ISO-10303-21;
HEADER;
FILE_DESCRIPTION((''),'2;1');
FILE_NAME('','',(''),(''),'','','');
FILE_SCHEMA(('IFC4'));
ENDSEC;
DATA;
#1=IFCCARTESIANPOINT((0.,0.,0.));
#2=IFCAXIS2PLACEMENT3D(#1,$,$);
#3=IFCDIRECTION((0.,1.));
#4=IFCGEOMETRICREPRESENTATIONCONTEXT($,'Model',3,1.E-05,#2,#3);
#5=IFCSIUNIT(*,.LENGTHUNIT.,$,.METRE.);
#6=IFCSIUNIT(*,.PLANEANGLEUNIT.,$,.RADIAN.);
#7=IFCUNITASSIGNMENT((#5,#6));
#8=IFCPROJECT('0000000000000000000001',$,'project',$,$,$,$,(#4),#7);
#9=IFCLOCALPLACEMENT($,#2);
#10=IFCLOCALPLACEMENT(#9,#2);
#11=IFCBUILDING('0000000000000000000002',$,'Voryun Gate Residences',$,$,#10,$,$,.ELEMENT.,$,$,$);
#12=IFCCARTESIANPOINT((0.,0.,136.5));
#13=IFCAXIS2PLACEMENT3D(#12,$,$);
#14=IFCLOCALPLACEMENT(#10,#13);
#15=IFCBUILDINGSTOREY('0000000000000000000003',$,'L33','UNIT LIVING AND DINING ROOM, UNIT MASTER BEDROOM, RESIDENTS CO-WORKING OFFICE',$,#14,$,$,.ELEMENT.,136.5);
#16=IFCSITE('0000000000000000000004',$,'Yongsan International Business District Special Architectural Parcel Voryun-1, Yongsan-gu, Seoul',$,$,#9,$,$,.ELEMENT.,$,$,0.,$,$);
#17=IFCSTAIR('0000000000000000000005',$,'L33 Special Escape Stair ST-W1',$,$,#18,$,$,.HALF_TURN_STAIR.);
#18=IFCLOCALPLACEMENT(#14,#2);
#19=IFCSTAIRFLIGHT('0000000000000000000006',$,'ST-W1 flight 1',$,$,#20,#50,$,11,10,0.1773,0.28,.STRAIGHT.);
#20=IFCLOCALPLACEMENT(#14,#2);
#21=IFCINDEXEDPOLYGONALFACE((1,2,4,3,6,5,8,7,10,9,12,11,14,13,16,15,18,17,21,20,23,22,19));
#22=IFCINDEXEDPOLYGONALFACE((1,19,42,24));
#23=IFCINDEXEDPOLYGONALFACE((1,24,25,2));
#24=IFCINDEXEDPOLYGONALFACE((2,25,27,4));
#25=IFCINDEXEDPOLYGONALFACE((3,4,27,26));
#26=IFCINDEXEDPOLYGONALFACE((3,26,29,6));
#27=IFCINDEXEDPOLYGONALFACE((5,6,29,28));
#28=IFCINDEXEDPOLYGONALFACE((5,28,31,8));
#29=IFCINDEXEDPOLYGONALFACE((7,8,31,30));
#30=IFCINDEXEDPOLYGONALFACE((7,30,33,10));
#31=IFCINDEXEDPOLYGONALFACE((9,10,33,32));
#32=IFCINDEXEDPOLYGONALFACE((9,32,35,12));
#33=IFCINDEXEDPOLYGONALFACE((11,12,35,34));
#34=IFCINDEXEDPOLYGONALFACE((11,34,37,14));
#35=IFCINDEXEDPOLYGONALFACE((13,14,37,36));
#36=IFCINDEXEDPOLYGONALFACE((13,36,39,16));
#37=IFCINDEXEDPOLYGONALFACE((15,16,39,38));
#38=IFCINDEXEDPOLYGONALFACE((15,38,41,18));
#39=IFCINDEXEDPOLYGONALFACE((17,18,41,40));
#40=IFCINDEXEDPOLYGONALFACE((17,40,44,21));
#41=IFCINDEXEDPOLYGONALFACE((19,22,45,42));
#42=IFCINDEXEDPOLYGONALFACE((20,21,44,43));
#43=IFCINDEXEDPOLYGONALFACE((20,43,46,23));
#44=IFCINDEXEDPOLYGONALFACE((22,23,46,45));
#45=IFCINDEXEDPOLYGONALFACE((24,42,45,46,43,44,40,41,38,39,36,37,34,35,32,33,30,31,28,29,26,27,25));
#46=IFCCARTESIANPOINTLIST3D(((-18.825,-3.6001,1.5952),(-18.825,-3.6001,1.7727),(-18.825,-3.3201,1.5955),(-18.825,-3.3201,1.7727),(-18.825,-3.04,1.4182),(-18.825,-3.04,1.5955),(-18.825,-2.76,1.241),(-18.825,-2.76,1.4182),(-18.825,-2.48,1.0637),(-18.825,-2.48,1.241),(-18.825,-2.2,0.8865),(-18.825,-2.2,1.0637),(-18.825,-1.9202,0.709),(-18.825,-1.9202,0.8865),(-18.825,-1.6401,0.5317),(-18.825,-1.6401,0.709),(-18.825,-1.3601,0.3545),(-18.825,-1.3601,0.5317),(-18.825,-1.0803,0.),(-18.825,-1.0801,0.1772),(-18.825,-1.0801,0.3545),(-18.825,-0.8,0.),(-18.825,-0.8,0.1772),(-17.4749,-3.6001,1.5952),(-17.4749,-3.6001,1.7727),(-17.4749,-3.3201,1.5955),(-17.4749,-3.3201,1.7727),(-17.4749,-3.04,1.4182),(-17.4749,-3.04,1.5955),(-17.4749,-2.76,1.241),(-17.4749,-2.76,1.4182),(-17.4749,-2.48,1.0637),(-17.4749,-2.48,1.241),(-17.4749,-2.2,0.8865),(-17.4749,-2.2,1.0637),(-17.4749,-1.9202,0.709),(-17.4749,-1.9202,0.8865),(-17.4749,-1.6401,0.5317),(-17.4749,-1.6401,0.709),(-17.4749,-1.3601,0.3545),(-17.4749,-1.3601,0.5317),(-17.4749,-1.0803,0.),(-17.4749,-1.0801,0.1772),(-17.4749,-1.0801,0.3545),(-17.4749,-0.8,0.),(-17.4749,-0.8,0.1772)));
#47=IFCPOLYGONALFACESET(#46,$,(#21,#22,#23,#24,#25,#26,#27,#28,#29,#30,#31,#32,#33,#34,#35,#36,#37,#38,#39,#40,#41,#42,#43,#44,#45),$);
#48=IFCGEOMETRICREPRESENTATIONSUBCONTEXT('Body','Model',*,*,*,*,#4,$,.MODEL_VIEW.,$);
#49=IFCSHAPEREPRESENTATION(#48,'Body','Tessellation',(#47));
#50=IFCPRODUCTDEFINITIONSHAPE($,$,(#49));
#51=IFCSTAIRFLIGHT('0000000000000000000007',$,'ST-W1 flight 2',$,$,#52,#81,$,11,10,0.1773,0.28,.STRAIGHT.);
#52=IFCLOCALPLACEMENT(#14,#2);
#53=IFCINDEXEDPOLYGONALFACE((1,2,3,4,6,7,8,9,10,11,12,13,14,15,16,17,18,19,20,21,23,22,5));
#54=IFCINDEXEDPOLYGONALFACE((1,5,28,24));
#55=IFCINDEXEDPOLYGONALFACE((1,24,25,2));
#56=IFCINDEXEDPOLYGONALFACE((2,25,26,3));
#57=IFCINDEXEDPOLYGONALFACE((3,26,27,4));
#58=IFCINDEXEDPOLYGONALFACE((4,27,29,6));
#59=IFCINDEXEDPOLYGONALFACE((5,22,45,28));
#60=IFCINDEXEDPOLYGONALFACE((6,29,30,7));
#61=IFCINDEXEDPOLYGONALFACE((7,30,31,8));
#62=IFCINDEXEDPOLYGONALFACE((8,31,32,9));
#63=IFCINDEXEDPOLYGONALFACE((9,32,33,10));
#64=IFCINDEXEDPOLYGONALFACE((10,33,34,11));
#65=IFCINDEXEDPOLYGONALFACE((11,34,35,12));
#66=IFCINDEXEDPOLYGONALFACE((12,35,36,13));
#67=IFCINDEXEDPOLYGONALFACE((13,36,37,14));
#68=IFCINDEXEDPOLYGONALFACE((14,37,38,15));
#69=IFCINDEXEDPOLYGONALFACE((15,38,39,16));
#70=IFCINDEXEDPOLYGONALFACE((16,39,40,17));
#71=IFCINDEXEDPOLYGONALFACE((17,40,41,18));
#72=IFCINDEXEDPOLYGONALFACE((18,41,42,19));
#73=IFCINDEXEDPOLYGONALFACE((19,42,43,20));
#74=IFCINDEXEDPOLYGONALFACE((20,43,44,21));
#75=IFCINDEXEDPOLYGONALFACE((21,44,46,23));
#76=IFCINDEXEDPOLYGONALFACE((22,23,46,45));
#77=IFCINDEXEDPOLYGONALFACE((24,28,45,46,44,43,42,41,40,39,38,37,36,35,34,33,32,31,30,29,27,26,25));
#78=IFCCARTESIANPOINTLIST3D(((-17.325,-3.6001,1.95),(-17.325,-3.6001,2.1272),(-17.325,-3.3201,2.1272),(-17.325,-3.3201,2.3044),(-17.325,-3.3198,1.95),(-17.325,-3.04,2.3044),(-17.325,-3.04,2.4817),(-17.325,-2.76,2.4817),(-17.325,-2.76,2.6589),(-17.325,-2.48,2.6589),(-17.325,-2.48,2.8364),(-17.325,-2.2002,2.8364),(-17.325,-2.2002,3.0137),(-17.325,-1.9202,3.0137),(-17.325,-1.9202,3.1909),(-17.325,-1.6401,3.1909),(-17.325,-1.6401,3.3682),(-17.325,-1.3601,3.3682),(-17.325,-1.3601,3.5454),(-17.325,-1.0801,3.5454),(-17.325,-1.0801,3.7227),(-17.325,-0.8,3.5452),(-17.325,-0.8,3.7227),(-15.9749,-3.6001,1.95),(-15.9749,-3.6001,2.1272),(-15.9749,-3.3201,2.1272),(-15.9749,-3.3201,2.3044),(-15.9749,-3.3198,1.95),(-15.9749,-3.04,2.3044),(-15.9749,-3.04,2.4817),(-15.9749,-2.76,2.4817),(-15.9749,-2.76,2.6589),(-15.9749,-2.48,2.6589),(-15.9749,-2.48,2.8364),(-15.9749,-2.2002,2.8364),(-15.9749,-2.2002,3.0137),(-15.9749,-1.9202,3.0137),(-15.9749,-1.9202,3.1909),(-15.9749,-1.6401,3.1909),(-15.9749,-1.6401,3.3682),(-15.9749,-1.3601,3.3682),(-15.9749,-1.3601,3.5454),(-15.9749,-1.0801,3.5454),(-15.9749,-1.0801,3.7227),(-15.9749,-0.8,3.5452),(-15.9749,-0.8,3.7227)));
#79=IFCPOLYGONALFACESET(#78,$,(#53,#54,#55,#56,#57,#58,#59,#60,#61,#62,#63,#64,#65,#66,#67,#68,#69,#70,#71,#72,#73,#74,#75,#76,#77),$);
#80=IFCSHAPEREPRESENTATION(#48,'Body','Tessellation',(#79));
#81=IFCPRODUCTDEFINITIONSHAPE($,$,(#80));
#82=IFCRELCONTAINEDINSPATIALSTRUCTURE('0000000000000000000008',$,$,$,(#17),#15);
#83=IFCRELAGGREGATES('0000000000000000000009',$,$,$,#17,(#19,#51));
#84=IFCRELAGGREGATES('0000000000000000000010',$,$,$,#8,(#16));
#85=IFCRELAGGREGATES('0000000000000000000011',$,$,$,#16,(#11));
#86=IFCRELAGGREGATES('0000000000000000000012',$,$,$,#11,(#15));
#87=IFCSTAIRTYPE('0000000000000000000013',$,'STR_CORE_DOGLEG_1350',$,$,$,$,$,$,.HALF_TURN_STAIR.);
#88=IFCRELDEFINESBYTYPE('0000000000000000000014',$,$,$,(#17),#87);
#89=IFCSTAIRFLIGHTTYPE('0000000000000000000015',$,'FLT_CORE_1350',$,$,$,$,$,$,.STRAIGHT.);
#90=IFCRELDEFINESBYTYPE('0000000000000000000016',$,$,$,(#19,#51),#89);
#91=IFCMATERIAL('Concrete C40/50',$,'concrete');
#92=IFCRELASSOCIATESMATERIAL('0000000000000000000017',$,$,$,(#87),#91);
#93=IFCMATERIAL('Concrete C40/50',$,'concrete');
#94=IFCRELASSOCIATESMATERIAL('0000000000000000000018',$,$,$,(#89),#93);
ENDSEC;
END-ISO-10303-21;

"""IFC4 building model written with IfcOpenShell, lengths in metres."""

from ifc_helpers import new_model, si_unit, direction, frame, origin, place, context, subcontext, project, spatial, polyline, outline, extrude, material, type_object, element, aggregate, save


model = new_model("IFC4")

# Units and contexts
model_context = context("Model", 3, precision=1e-05, world=origin(), true_north=direction((0.0, 1.0)))
body_context = subcontext(model_context, "Body", "Model", "MODEL_VIEW")
ifc_project = project(units=[si_unit("LENGTHUNIT", "METRE"), si_unit("PLANEANGLEUNIT", "RADIAN")], contexts=[model_context])

# Site, building, storey
site_placement = place(None, origin())
site = spatial("IfcSite", under=ifc_project, at=site_placement, Name="Yongsan International Business District Special Architectural Parcel Voryun-1, Yongsan-gu, Seoul", CompositionType="ELEMENT", RefElevation=0.0)
building_placement = place(site_placement, origin())
building = spatial("IfcBuilding", under=site, at=building_placement, Name="Voryun Gate Residences", CompositionType="ELEMENT")
storey_placement = place(building_placement, frame((0.0, 0.0, 136.5)))
storey = spatial("IfcBuildingStorey", under=building, at=storey_placement, Name="L33", Description="UNIT LIVING AND DINING ROOM, UNIT MASTER BEDROOM, RESIDENTS CO-WORKING OFFICE", CompositionType="ELEMENT", Elevation=136.5)

# Stair, stair flights
ifc_material_1 = material(Name="Concrete C40/50", Category="concrete")
stair_type = type_object("IfcStairType", Name="STR_CORE_DOGLEG_1350", PredefinedType="HALF_TURN_STAIR", material=ifc_material_1)
stair_placement = place(storey_placement, origin())
stair = element("IfcStair", 1, at=stair_placement, inside=storey, type_object=stair_type, Name="L33 Special Escape Stair ST-W1", PredefinedType="HALF_TURN_STAIR")
ifc_material_2 = material(Name="Concrete C40/50", Category="concrete")
stair_flight_type = type_object("IfcStairFlightType", Name="FLT_CORE_1350", PredefinedType="STRAIGHT", material=ifc_material_2)
stair_flight_1_placement = place(storey_placement, frame((-18.1499, -0.8, 0.0), z_axis=(0.0, 0.0, 1.0), x_axis=(0.0, -1.0, 0.0)))
stair_flight_1 = element("IfcStairFlight", 2, at=stair_flight_1_placement, type_object=stair_flight_type, Name="ST-W1 flight 1", NumberOfRisers=11, NumberOfTreads=10, PredefinedType="STRAIGHT", RiserHeight=0.1773, TreadLength=0.28, context=body_context, shape_type="SweptSolid", body=[
    extrude(outline(polyline([(0.0, 0.0), (0.0, 0.1772), (0.28, 0.1772), (0.28, 0.3545), (0.5601, 0.3545), (0.5601, 0.5317), (0.8401, 0.5317), (0.8401, 0.709), (1.1201, 0.709), (1.1201, 0.8865), (1.3999, 0.8865), (1.3999, 1.0637), (1.6799, 1.0637), (1.6799, 1.241), (1.96, 1.241), (1.96, 1.4182), (2.24, 1.4182), (2.24, 1.5955), (2.52, 1.5955), (2.52, 1.7727), (2.8, 1.7727), (2.8, 1.95), (2.8, 1.5952), (0.2803, 0.0), (0.0, 0.0)])), frame((0.0, 0.675, 0.0), z_axis=(0.0, -1.0, 0.0), x_axis=(1.0, 0.0, 0.0)), (0.0, 0.0, 1.0), 1.3501),
])
stair_flight_2_placement = place(storey_placement, frame((-16.6499, -3.6001, 1.95), z_axis=(0.0, 0.0, 1.0), x_axis=(0.0, 1.0, 0.0)))
stair_flight_2 = element("IfcStairFlight", 3, at=stair_flight_2_placement, type_object=stair_flight_type, Name="ST-W1 flight 2", NumberOfRisers=11, NumberOfTreads=10, PredefinedType="STRAIGHT", RiserHeight=0.1773, TreadLength=0.28, context=body_context, shape_type="SweptSolid", body=[
    extrude(outline(polyline([(0.0, 0.0), (0.0, 0.1772), (0.28, 0.1772), (0.28, 0.3545), (0.5601, 0.3545), (0.5601, 0.5317), (0.8401, 0.5317), (0.8401, 0.709), (1.1201, 0.709), (1.1201, 0.8865), (1.3999, 0.8865), (1.3999, 1.0637), (1.6799, 1.0637), (1.6799, 1.241), (1.96, 1.241), (1.96, 1.4182), (2.24, 1.4182), (2.24, 1.5955), (2.52, 1.5955), (2.52, 1.7727), (2.8, 1.7727), (2.8, 1.95), (2.8, 1.5952), (0.2803, 0.0), (0.0, 0.0)])), frame((0.0, 0.675, 0.0), z_axis=(0.0, -1.0, 0.0), x_axis=(1.0, 0.0, 0.0)), (0.0, 0.0, 1.0), 1.3501),
])
aggregate(stair, [stair_flight_1, stair_flight_2])

save(model, "model.ifc")
